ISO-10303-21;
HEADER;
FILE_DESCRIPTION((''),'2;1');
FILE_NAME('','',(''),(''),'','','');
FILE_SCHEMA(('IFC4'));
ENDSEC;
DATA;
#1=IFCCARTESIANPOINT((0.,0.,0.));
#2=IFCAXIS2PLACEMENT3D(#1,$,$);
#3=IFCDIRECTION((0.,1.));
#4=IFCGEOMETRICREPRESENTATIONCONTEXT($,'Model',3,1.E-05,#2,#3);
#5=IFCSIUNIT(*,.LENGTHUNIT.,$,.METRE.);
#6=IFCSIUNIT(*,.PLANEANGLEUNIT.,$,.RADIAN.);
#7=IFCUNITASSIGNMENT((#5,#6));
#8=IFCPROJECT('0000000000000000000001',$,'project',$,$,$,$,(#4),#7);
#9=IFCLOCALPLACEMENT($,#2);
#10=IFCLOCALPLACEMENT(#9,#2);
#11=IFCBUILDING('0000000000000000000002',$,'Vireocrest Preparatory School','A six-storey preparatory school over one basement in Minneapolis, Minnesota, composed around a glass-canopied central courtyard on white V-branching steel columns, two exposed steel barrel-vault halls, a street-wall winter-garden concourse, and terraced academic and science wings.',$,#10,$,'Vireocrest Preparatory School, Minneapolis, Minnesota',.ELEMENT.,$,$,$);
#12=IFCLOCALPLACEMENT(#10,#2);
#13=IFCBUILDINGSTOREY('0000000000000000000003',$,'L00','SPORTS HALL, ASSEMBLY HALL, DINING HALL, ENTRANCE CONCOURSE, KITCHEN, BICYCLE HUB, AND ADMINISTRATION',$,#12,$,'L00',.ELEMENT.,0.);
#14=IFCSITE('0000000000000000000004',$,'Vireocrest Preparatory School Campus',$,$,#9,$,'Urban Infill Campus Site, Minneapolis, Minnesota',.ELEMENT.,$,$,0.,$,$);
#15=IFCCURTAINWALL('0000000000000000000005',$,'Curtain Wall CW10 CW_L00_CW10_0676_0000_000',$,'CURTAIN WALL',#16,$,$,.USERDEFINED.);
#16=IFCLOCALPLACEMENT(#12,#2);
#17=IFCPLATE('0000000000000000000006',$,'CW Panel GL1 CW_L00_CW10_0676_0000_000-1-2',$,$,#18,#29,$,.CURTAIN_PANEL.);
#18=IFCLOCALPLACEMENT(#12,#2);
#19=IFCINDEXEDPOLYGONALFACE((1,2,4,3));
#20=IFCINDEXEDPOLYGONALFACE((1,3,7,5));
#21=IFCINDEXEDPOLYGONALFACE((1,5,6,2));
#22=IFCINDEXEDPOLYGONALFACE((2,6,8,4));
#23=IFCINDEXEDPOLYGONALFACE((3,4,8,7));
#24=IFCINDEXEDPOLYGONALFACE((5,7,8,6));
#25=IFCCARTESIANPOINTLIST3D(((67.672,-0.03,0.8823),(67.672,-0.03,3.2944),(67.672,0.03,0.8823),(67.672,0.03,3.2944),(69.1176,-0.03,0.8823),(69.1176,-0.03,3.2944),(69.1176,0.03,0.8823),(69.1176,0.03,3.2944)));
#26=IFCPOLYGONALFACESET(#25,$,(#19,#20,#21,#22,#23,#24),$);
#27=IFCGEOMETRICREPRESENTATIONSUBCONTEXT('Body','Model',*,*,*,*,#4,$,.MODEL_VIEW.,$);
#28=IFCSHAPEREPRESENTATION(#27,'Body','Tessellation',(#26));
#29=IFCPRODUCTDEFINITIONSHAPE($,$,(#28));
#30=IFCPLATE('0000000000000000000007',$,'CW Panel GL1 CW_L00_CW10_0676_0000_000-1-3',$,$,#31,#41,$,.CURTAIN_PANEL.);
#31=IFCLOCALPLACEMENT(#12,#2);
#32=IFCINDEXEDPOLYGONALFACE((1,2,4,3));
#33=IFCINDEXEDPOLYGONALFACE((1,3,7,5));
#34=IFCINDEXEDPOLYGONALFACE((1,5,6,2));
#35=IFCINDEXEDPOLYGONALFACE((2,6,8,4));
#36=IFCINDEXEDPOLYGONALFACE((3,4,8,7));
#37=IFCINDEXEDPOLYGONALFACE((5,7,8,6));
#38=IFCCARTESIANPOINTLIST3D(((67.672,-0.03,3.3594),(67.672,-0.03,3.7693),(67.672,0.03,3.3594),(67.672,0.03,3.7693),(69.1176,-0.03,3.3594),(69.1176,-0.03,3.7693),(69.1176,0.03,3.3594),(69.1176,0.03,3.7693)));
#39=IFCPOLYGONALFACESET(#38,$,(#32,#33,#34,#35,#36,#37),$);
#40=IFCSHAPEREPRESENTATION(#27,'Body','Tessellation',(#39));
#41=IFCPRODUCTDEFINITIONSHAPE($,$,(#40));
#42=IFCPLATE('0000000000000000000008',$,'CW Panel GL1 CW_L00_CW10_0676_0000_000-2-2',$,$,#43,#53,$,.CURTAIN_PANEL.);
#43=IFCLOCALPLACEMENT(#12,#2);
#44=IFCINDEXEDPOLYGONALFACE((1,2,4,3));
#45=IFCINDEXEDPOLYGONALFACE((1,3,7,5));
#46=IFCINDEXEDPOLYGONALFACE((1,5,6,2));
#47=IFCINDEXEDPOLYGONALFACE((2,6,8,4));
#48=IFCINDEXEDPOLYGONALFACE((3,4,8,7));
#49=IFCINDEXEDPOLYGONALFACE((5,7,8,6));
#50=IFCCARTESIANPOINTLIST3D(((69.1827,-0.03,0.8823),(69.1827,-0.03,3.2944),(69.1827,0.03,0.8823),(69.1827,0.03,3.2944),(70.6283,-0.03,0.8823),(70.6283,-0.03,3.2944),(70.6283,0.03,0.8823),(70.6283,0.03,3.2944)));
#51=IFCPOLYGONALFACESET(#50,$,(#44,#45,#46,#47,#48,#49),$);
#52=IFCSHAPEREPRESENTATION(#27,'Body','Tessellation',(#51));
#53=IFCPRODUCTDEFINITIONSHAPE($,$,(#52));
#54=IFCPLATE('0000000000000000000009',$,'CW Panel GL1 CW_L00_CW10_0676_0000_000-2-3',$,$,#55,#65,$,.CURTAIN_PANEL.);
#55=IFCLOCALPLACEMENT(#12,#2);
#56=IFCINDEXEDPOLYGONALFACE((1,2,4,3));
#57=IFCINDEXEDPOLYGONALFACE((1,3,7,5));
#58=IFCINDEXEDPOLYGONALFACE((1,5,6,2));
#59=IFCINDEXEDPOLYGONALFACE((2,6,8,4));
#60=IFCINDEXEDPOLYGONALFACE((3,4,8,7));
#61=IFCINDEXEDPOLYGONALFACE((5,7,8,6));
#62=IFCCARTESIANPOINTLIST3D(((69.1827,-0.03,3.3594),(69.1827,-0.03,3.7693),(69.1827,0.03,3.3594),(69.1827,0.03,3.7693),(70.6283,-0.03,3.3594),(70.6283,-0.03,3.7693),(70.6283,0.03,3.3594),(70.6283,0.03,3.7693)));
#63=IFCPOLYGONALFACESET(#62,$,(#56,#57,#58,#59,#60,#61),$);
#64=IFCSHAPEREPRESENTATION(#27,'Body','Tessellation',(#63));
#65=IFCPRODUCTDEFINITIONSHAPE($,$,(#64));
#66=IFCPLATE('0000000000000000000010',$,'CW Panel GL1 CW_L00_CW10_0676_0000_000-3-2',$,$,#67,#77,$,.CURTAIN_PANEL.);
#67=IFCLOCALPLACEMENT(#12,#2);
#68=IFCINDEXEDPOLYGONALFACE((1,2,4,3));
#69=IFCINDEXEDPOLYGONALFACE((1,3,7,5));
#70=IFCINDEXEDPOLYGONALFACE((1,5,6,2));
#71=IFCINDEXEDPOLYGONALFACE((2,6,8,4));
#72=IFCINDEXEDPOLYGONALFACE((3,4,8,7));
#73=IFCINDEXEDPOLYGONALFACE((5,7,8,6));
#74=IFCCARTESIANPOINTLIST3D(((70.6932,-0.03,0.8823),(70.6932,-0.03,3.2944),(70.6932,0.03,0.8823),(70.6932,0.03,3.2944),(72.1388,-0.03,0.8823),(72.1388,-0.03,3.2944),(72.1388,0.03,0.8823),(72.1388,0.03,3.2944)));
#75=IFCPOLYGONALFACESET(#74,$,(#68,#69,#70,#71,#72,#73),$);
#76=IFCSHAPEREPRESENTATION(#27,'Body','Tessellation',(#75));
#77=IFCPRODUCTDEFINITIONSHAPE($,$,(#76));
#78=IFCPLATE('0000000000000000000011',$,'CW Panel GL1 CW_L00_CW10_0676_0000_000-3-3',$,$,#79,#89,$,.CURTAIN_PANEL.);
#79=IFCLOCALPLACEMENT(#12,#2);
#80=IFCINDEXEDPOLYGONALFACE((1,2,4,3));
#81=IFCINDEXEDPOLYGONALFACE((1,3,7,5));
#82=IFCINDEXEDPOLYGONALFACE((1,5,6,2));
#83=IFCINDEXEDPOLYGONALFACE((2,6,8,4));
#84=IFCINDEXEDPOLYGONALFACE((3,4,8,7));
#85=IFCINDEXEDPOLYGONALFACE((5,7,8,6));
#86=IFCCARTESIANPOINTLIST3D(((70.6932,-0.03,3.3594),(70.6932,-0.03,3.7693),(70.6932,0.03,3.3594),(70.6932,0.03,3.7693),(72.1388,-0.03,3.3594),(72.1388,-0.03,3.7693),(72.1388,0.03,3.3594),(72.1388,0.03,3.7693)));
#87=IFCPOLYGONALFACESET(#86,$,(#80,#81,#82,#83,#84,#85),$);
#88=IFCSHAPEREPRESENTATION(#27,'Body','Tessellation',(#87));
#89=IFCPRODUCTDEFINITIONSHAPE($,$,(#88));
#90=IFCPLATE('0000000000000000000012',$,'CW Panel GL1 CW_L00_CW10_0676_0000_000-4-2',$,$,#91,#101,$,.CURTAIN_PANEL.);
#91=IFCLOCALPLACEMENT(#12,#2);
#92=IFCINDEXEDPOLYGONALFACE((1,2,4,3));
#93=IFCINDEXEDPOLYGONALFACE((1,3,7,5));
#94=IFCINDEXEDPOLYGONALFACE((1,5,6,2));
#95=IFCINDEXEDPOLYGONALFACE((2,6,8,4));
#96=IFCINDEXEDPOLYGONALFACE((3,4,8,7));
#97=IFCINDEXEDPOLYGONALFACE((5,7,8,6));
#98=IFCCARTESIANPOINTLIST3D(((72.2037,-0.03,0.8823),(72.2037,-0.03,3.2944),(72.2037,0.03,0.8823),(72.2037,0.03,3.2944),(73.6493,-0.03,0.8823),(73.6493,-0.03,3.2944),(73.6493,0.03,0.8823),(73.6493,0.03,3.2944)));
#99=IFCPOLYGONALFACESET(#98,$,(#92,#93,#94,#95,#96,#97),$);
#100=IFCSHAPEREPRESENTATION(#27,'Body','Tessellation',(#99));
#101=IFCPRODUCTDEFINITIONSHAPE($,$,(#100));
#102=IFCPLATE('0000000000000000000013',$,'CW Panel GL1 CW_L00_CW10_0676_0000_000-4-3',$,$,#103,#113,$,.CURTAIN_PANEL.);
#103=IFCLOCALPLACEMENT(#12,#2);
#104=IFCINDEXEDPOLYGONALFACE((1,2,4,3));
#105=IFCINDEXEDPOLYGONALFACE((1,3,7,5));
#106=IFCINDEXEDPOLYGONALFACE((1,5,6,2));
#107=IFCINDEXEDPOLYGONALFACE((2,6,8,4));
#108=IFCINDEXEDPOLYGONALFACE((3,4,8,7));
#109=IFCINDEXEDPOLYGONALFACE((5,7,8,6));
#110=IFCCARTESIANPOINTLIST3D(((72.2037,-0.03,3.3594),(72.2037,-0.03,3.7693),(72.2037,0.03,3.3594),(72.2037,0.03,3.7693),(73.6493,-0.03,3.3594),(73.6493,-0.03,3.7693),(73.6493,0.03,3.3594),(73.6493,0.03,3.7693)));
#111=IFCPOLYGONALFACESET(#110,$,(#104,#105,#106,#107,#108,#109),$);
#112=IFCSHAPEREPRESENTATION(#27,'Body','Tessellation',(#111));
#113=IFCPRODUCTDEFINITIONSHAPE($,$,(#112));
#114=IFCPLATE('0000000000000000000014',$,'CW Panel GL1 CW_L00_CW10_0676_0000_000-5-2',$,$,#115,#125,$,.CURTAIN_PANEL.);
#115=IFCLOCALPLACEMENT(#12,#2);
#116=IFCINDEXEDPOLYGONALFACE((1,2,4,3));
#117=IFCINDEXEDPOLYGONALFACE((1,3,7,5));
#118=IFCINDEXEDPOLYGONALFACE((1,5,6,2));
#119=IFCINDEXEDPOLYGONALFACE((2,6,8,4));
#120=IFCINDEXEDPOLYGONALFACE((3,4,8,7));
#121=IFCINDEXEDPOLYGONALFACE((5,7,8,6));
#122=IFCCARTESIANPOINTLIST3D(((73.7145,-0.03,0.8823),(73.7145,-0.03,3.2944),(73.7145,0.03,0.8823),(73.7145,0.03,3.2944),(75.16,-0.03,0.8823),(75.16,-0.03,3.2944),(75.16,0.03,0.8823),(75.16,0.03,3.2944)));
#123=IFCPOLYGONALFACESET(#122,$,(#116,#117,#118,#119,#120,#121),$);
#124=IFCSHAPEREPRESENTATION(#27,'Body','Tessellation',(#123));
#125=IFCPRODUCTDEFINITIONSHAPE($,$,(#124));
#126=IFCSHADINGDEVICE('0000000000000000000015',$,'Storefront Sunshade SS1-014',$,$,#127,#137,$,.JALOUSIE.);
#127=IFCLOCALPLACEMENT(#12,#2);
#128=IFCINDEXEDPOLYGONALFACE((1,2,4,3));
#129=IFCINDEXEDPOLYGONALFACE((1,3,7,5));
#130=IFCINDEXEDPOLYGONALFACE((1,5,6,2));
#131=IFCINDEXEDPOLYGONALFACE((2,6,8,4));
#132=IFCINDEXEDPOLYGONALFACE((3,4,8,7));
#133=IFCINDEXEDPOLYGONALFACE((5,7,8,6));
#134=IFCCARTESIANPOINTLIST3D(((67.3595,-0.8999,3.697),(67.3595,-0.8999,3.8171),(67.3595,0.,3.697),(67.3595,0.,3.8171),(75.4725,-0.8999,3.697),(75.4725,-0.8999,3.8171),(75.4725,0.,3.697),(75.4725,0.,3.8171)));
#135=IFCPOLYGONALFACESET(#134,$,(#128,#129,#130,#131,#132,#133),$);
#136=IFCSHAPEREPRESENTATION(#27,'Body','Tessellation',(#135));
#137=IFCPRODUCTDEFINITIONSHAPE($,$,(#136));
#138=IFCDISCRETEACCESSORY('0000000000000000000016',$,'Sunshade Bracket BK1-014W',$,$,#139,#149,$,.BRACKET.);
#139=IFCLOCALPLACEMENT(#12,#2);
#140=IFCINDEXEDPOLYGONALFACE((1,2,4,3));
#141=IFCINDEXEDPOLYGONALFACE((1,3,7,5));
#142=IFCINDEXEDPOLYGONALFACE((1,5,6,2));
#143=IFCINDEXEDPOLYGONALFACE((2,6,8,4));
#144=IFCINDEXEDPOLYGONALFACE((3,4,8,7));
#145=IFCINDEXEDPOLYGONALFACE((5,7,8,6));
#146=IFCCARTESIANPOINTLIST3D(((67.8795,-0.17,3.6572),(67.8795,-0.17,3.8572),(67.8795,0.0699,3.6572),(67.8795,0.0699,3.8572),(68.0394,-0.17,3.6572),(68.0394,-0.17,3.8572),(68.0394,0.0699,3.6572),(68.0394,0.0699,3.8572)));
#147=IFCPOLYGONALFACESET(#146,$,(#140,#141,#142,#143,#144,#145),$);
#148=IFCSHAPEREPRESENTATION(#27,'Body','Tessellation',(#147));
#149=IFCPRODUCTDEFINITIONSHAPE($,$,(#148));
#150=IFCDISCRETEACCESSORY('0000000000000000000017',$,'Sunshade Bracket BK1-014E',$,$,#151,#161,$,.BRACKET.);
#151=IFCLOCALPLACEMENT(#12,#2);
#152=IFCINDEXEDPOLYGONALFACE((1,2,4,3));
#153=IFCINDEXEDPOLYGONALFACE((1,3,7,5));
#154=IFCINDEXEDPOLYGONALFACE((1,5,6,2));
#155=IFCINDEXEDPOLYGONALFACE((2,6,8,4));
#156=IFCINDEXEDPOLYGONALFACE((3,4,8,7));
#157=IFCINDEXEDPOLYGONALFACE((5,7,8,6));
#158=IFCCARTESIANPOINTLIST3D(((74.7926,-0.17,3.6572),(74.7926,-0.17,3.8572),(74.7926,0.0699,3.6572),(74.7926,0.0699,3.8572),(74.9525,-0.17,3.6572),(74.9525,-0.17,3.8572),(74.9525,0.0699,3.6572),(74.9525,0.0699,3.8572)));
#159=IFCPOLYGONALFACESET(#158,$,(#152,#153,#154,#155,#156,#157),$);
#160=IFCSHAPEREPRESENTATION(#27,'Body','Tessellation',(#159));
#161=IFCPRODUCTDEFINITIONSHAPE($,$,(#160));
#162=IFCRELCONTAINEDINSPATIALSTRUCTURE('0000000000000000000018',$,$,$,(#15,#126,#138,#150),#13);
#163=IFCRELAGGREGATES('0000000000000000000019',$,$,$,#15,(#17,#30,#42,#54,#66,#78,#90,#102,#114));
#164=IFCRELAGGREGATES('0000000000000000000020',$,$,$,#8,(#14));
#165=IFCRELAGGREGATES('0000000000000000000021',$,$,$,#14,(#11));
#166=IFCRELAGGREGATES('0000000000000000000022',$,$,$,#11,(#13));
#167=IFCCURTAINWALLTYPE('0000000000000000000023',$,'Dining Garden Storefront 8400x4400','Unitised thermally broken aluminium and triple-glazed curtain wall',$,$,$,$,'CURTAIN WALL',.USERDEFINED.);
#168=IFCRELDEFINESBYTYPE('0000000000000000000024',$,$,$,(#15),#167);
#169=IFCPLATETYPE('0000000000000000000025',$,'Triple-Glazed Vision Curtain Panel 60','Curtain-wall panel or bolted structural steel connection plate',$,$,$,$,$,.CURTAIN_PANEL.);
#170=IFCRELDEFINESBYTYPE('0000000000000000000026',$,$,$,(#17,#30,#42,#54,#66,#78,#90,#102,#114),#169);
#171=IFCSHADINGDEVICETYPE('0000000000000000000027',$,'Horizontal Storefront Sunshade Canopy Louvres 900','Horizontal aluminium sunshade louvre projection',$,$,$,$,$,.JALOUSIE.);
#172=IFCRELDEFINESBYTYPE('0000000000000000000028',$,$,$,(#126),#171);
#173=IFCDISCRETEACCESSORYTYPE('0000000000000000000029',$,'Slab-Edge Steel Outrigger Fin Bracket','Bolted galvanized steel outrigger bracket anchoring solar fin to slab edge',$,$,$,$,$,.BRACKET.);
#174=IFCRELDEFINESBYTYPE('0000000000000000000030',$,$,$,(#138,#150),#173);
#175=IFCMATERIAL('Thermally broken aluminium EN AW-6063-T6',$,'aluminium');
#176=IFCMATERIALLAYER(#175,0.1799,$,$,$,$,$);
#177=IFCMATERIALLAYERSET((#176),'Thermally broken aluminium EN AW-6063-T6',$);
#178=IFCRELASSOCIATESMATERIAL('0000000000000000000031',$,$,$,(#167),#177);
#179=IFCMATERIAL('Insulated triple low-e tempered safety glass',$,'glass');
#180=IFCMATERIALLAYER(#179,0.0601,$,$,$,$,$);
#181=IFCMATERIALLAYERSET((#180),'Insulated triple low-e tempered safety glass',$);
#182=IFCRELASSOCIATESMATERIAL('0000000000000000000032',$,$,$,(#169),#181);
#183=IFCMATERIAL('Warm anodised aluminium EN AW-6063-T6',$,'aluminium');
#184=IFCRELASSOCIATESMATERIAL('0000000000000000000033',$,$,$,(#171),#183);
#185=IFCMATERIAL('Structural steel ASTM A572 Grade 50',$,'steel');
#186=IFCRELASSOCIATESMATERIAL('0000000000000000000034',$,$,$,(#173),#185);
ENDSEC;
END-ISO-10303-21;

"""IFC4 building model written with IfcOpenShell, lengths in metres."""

from ifc_helpers import new_model, si_unit, direction, frame, origin, origin_2d, place, context, subcontext, project, spatial, rectangle, extrude, material, layer, layer_set, type_object, element, aggregate, save


model = new_model("IFC4")

# Units and contexts
model_context = context("Model", 3, precision=1e-05, world=origin(), true_north=direction((0.0, 1.0)))
body_context = subcontext(model_context, "Body", "Model", "MODEL_VIEW")
ifc_project = project(units=[si_unit("LENGTHUNIT", "METRE"), si_unit("PLANEANGLEUNIT", "RADIAN")], contexts=[model_context])

# Site, building, storey
site_placement = place(None, origin())
site = spatial("IfcSite", under=ifc_project, at=site_placement, Name="Vireocrest Preparatory School Campus", LongName="Urban Infill Campus Site, Minneapolis, Minnesota", CompositionType="ELEMENT", RefElevation=0.0)
building_placement = place(site_placement, origin())
building = spatial("IfcBuilding", under=site, at=building_placement, Name="Vireocrest Preparatory School", Description="A six-storey preparatory school over one basement in Minneapolis, Minnesota, composed around a glass-canopied central courtyard on white V-branching steel columns, two exposed steel barrel-vault halls, a street-wall winter-garden concourse, and terraced academic and science wings.", LongName="Vireocrest Preparatory School, Minneapolis, Minnesota", CompositionType="ELEMENT")
storey_placement = place(building_placement, origin())
storey = spatial("IfcBuildingStorey", under=building, at=storey_placement, Name="L00", Description="SPORTS HALL, ASSEMBLY HALL, DINING HALL, ENTRANCE CONCOURSE, KITCHEN, BICYCLE HUB, AND ADMINISTRATION", LongName="L00", CompositionType="ELEMENT", Elevation=0.0)

# Curtain wall, plates
ifc_material_1 = material(Name="Thermally broken aluminium EN AW-6063-T6", Category="aluminium")
ifc_layer_1 = layer(ifc_material_1, 0.1799)
ifc_layer_set_1 = layer_set([ifc_layer_1], Name="Thermally broken aluminium EN AW-6063-T6")
curtain_wall_type = type_object("IfcCurtainWallType", Name="Dining Garden Storefront 8400x4400", Description="Unitised thermally broken aluminium and triple-glazed curtain wall", ElementType="CURTAIN WALL", PredefinedType="USERDEFINED", material=ifc_layer_set_1)
curtain_wall_placement = place(storey_placement, origin())
curtain_wall = element("IfcCurtainWall", 1, at=curtain_wall_placement, inside=storey, type_object=curtain_wall_type, Name="Curtain Wall CW10 CW_L00_CW10_0676_0000_000", ObjectType="CURTAIN WALL", PredefinedType="USERDEFINED")
ifc_material_2 = material(Name="Insulated triple low-e tempered safety glass", Category="glass")
ifc_layer_2 = layer(ifc_material_2, 0.0601)
ifc_layer_set_2 = layer_set([ifc_layer_2], Name="Insulated triple low-e tempered safety glass")
plate_type_1 = type_object("IfcPlateType", Name="Triple-Glazed Vision Curtain Panel 60", Description="Curtain-wall panel or bolted structural steel connection plate", PredefinedType="CURTAIN_PANEL", material=ifc_layer_set_2)
plate_1_placement = place(storey_placement, frame((68.3948, 0.0, 0.8823), z_axis=(0.0, 0.0, 1.0), x_axis=(1.0, 0.0, 0.0)))
plate_1 = element("IfcPlate", 2, at=plate_1_placement, type_object=plate_type_1, Name="CW Panel GL1 CW_L00_CW10_0676_0000_000-1-2", PredefinedType="CURTAIN_PANEL", context=body_context, shape_type="SweptSolid", body=[
    extrude(rectangle(XDim=1.4456, YDim=0.0601, at=origin_2d()), origin(), (0.0, 0.0, 1.0), 2.4121),
])
plate_2_placement = place(storey_placement, frame((68.3948, 0.0, 3.3594), z_axis=(0.0, 0.0, 1.0), x_axis=(1.0, 0.0, 0.0)))
plate_2 = element("IfcPlate", 3, at=plate_2_placement, type_object=plate_type_1, Name="CW Panel GL1 CW_L00_CW10_0676_0000_000-1-3", PredefinedType="CURTAIN_PANEL", context=body_context, shape_type="SweptSolid", body=[
    extrude(rectangle(XDim=1.4456, YDim=0.0601, at=origin_2d()), origin(), (0.0, 0.0, 1.0), 0.4099),
])
plate_3_placement = place(storey_placement, frame((69.9055, 0.0, 0.8823), z_axis=(0.0, 0.0, 1.0), x_axis=(1.0, 0.0, 0.0)))
plate_3 = element("IfcPlate", 4, at=plate_3_placement, type_object=plate_type_1, Name="CW Panel GL1 CW_L00_CW10_0676_0000_000-2-2", PredefinedType="CURTAIN_PANEL", context=body_context, shape_type="SweptSolid", body=[
    extrude(rectangle(XDim=1.4456, YDim=0.0601, at=origin_2d()), origin(), (0.0, 0.0, 1.0), 2.4121),
])
plate_4_placement = place(storey_placement, frame((69.9055, 0.0, 3.3594), z_axis=(0.0, 0.0, 1.0), x_axis=(1.0, 0.0, 0.0)))
plate_4 = element("IfcPlate", 5, at=plate_4_placement, type_object=plate_type_1, Name="CW Panel GL1 CW_L00_CW10_0676_0000_000-2-3", PredefinedType="CURTAIN_PANEL", context=body_context, shape_type="SweptSolid", body=[
    extrude(rectangle(XDim=1.4456, YDim=0.0601, at=origin_2d()), origin(), (0.0, 0.0, 1.0), 0.4099),
])
plate_5_placement = place(storey_placement, frame((71.416, 0.0, 0.8823), z_axis=(0.0, 0.0, 1.0), x_axis=(1.0, 0.0, 0.0)))
plate_5 = element("IfcPlate", 6, at=plate_5_placement, type_object=plate_type_1, Name="CW Panel GL1 CW_L00_CW10_0676_0000_000-3-2", PredefinedType="CURTAIN_PANEL", context=body_context, shape_type="SweptSolid", body=[
    extrude(rectangle(XDim=1.4456, YDim=0.0601, at=origin_2d()), origin(), (0.0, 0.0, 1.0), 2.4121),
])
plate_6_placement = place(storey_placement, frame((71.416, 0.0, 3.3594), z_axis=(0.0, 0.0, 1.0), x_axis=(1.0, 0.0, 0.0)))
plate_6 = element("IfcPlate", 7, at=plate_6_placement, type_object=plate_type_1, Name="CW Panel GL1 CW_L00_CW10_0676_0000_000-3-3", PredefinedType="CURTAIN_PANEL", context=body_context, shape_type="SweptSolid", body=[
    extrude(rectangle(XDim=1.4456, YDim=0.0601, at=origin_2d()), origin(), (0.0, 0.0, 1.0), 0.4099),
])
plate_7_placement = place(storey_placement, frame((72.9265, 0.0, 0.8823), z_axis=(0.0, 0.0, 1.0), x_axis=(1.0, 0.0, 0.0)))
plate_7 = element("IfcPlate", 8, at=plate_7_placement, type_object=plate_type_1, Name="CW Panel GL1 CW_L00_CW10_0676_0000_000-4-2", PredefinedType="CURTAIN_PANEL", context=body_context, shape_type="SweptSolid", body=[
    extrude(rectangle(XDim=1.4456, YDim=0.0601, at=origin_2d()), origin(), (0.0, 0.0, 1.0), 2.4121),
])
plate_8_placement = place(storey_placement, frame((72.9265, 0.0, 3.3594), z_axis=(0.0, 0.0, 1.0), x_axis=(1.0, 0.0, 0.0)))
plate_8 = element("IfcPlate", 9, at=plate_8_placement, type_object=plate_type_1, Name="CW Panel GL1 CW_L00_CW10_0676_0000_000-4-3", PredefinedType="CURTAIN_PANEL", context=body_context, shape_type="SweptSolid", body=[
    extrude(rectangle(XDim=1.4456, YDim=0.0601, at=origin_2d()), origin(), (0.0, 0.0, 1.0), 0.4099),
])
plate_9_placement = place(storey_placement, frame((74.4373, 0.0, 0.8823), z_axis=(0.0, 0.0, 1.0), x_axis=(1.0, 0.0, 0.0)))
plate_9 = element("IfcPlate", 10, at=plate_9_placement, type_object=plate_type_1, Name="CW Panel GL1 CW_L00_CW10_0676_0000_000-5-2", PredefinedType="CURTAIN_PANEL", context=body_context, shape_type="SweptSolid", body=[
    extrude(rectangle(XDim=1.4456, YDim=0.0601, at=origin_2d()), origin(), (0.0, 0.0, 1.0), 2.4121),
])
aggregate(curtain_wall, [plate_1, plate_2, plate_3, plate_4, plate_5, plate_6, plate_7, plate_8, plate_9])

# Shading device
ifc_material_3 = material(Name="Warm anodised aluminium EN AW-6063-T6", Category="aluminium")
shading_device_type = type_object("IfcShadingDeviceType", Name="Horizontal Storefront Sunshade Canopy Louvres 900", Description="Horizontal aluminium sunshade louvre projection", PredefinedType="JALOUSIE", material=ifc_material_3)
shading_device_placement = place(storey_placement, frame((71.416, -0.45, 3.697), z_axis=(0.0, 0.0, 1.0), x_axis=(1.0, 0.0, 0.0)))
element("IfcShadingDevice", 11, at=shading_device_placement, inside=storey, type_object=shading_device_type, Name="Storefront Sunshade SS1-014", PredefinedType="JALOUSIE", context=body_context, shape_type="SweptSolid", body=[
    extrude(rectangle(XDim=8.113, YDim=0.8999, at=origin_2d()), origin(), (0.0, 0.0, 1.0), 0.1201),
])

# Discrete accessories
ifc_material_4 = material(Name="Structural steel ASTM A572 Grade 50", Category="steel")
discrete_accessory_type = type_object("IfcDiscreteAccessoryType", Name="Slab-Edge Steel Outrigger Fin Bracket", Description="Bolted galvanized steel outrigger bracket anchoring solar fin to slab edge", PredefinedType="BRACKET", material=ifc_material_4)
for number, where, z_axis, x_axis, name in (
    (12, (67.9595, -0.05, 3.6572), (0.0, 0.0, 1.0), (1.0, 0.0, 0.0), "Sunshade Bracket BK1-014W"),
    (13, (74.8726, -0.05, 3.6572), (0.0, 0.0, 1.0), (1.0, 0.0, 0.0), "Sunshade Bracket BK1-014E"),
):
    element("IfcDiscreteAccessory", number, at=place(storey_placement, frame(where, z_axis=z_axis, x_axis=x_axis)), inside=storey, type_object=discrete_accessory_type, Name=name, PredefinedType="BRACKET", context=body_context, shape_type="SweptSolid", body=[
        extrude(rectangle(XDim=0.1599, YDim=0.24, at=origin_2d()), origin(), (0.0, 0.0, 1.0), 0.2),
    ])

save(model, "model.ifc")
